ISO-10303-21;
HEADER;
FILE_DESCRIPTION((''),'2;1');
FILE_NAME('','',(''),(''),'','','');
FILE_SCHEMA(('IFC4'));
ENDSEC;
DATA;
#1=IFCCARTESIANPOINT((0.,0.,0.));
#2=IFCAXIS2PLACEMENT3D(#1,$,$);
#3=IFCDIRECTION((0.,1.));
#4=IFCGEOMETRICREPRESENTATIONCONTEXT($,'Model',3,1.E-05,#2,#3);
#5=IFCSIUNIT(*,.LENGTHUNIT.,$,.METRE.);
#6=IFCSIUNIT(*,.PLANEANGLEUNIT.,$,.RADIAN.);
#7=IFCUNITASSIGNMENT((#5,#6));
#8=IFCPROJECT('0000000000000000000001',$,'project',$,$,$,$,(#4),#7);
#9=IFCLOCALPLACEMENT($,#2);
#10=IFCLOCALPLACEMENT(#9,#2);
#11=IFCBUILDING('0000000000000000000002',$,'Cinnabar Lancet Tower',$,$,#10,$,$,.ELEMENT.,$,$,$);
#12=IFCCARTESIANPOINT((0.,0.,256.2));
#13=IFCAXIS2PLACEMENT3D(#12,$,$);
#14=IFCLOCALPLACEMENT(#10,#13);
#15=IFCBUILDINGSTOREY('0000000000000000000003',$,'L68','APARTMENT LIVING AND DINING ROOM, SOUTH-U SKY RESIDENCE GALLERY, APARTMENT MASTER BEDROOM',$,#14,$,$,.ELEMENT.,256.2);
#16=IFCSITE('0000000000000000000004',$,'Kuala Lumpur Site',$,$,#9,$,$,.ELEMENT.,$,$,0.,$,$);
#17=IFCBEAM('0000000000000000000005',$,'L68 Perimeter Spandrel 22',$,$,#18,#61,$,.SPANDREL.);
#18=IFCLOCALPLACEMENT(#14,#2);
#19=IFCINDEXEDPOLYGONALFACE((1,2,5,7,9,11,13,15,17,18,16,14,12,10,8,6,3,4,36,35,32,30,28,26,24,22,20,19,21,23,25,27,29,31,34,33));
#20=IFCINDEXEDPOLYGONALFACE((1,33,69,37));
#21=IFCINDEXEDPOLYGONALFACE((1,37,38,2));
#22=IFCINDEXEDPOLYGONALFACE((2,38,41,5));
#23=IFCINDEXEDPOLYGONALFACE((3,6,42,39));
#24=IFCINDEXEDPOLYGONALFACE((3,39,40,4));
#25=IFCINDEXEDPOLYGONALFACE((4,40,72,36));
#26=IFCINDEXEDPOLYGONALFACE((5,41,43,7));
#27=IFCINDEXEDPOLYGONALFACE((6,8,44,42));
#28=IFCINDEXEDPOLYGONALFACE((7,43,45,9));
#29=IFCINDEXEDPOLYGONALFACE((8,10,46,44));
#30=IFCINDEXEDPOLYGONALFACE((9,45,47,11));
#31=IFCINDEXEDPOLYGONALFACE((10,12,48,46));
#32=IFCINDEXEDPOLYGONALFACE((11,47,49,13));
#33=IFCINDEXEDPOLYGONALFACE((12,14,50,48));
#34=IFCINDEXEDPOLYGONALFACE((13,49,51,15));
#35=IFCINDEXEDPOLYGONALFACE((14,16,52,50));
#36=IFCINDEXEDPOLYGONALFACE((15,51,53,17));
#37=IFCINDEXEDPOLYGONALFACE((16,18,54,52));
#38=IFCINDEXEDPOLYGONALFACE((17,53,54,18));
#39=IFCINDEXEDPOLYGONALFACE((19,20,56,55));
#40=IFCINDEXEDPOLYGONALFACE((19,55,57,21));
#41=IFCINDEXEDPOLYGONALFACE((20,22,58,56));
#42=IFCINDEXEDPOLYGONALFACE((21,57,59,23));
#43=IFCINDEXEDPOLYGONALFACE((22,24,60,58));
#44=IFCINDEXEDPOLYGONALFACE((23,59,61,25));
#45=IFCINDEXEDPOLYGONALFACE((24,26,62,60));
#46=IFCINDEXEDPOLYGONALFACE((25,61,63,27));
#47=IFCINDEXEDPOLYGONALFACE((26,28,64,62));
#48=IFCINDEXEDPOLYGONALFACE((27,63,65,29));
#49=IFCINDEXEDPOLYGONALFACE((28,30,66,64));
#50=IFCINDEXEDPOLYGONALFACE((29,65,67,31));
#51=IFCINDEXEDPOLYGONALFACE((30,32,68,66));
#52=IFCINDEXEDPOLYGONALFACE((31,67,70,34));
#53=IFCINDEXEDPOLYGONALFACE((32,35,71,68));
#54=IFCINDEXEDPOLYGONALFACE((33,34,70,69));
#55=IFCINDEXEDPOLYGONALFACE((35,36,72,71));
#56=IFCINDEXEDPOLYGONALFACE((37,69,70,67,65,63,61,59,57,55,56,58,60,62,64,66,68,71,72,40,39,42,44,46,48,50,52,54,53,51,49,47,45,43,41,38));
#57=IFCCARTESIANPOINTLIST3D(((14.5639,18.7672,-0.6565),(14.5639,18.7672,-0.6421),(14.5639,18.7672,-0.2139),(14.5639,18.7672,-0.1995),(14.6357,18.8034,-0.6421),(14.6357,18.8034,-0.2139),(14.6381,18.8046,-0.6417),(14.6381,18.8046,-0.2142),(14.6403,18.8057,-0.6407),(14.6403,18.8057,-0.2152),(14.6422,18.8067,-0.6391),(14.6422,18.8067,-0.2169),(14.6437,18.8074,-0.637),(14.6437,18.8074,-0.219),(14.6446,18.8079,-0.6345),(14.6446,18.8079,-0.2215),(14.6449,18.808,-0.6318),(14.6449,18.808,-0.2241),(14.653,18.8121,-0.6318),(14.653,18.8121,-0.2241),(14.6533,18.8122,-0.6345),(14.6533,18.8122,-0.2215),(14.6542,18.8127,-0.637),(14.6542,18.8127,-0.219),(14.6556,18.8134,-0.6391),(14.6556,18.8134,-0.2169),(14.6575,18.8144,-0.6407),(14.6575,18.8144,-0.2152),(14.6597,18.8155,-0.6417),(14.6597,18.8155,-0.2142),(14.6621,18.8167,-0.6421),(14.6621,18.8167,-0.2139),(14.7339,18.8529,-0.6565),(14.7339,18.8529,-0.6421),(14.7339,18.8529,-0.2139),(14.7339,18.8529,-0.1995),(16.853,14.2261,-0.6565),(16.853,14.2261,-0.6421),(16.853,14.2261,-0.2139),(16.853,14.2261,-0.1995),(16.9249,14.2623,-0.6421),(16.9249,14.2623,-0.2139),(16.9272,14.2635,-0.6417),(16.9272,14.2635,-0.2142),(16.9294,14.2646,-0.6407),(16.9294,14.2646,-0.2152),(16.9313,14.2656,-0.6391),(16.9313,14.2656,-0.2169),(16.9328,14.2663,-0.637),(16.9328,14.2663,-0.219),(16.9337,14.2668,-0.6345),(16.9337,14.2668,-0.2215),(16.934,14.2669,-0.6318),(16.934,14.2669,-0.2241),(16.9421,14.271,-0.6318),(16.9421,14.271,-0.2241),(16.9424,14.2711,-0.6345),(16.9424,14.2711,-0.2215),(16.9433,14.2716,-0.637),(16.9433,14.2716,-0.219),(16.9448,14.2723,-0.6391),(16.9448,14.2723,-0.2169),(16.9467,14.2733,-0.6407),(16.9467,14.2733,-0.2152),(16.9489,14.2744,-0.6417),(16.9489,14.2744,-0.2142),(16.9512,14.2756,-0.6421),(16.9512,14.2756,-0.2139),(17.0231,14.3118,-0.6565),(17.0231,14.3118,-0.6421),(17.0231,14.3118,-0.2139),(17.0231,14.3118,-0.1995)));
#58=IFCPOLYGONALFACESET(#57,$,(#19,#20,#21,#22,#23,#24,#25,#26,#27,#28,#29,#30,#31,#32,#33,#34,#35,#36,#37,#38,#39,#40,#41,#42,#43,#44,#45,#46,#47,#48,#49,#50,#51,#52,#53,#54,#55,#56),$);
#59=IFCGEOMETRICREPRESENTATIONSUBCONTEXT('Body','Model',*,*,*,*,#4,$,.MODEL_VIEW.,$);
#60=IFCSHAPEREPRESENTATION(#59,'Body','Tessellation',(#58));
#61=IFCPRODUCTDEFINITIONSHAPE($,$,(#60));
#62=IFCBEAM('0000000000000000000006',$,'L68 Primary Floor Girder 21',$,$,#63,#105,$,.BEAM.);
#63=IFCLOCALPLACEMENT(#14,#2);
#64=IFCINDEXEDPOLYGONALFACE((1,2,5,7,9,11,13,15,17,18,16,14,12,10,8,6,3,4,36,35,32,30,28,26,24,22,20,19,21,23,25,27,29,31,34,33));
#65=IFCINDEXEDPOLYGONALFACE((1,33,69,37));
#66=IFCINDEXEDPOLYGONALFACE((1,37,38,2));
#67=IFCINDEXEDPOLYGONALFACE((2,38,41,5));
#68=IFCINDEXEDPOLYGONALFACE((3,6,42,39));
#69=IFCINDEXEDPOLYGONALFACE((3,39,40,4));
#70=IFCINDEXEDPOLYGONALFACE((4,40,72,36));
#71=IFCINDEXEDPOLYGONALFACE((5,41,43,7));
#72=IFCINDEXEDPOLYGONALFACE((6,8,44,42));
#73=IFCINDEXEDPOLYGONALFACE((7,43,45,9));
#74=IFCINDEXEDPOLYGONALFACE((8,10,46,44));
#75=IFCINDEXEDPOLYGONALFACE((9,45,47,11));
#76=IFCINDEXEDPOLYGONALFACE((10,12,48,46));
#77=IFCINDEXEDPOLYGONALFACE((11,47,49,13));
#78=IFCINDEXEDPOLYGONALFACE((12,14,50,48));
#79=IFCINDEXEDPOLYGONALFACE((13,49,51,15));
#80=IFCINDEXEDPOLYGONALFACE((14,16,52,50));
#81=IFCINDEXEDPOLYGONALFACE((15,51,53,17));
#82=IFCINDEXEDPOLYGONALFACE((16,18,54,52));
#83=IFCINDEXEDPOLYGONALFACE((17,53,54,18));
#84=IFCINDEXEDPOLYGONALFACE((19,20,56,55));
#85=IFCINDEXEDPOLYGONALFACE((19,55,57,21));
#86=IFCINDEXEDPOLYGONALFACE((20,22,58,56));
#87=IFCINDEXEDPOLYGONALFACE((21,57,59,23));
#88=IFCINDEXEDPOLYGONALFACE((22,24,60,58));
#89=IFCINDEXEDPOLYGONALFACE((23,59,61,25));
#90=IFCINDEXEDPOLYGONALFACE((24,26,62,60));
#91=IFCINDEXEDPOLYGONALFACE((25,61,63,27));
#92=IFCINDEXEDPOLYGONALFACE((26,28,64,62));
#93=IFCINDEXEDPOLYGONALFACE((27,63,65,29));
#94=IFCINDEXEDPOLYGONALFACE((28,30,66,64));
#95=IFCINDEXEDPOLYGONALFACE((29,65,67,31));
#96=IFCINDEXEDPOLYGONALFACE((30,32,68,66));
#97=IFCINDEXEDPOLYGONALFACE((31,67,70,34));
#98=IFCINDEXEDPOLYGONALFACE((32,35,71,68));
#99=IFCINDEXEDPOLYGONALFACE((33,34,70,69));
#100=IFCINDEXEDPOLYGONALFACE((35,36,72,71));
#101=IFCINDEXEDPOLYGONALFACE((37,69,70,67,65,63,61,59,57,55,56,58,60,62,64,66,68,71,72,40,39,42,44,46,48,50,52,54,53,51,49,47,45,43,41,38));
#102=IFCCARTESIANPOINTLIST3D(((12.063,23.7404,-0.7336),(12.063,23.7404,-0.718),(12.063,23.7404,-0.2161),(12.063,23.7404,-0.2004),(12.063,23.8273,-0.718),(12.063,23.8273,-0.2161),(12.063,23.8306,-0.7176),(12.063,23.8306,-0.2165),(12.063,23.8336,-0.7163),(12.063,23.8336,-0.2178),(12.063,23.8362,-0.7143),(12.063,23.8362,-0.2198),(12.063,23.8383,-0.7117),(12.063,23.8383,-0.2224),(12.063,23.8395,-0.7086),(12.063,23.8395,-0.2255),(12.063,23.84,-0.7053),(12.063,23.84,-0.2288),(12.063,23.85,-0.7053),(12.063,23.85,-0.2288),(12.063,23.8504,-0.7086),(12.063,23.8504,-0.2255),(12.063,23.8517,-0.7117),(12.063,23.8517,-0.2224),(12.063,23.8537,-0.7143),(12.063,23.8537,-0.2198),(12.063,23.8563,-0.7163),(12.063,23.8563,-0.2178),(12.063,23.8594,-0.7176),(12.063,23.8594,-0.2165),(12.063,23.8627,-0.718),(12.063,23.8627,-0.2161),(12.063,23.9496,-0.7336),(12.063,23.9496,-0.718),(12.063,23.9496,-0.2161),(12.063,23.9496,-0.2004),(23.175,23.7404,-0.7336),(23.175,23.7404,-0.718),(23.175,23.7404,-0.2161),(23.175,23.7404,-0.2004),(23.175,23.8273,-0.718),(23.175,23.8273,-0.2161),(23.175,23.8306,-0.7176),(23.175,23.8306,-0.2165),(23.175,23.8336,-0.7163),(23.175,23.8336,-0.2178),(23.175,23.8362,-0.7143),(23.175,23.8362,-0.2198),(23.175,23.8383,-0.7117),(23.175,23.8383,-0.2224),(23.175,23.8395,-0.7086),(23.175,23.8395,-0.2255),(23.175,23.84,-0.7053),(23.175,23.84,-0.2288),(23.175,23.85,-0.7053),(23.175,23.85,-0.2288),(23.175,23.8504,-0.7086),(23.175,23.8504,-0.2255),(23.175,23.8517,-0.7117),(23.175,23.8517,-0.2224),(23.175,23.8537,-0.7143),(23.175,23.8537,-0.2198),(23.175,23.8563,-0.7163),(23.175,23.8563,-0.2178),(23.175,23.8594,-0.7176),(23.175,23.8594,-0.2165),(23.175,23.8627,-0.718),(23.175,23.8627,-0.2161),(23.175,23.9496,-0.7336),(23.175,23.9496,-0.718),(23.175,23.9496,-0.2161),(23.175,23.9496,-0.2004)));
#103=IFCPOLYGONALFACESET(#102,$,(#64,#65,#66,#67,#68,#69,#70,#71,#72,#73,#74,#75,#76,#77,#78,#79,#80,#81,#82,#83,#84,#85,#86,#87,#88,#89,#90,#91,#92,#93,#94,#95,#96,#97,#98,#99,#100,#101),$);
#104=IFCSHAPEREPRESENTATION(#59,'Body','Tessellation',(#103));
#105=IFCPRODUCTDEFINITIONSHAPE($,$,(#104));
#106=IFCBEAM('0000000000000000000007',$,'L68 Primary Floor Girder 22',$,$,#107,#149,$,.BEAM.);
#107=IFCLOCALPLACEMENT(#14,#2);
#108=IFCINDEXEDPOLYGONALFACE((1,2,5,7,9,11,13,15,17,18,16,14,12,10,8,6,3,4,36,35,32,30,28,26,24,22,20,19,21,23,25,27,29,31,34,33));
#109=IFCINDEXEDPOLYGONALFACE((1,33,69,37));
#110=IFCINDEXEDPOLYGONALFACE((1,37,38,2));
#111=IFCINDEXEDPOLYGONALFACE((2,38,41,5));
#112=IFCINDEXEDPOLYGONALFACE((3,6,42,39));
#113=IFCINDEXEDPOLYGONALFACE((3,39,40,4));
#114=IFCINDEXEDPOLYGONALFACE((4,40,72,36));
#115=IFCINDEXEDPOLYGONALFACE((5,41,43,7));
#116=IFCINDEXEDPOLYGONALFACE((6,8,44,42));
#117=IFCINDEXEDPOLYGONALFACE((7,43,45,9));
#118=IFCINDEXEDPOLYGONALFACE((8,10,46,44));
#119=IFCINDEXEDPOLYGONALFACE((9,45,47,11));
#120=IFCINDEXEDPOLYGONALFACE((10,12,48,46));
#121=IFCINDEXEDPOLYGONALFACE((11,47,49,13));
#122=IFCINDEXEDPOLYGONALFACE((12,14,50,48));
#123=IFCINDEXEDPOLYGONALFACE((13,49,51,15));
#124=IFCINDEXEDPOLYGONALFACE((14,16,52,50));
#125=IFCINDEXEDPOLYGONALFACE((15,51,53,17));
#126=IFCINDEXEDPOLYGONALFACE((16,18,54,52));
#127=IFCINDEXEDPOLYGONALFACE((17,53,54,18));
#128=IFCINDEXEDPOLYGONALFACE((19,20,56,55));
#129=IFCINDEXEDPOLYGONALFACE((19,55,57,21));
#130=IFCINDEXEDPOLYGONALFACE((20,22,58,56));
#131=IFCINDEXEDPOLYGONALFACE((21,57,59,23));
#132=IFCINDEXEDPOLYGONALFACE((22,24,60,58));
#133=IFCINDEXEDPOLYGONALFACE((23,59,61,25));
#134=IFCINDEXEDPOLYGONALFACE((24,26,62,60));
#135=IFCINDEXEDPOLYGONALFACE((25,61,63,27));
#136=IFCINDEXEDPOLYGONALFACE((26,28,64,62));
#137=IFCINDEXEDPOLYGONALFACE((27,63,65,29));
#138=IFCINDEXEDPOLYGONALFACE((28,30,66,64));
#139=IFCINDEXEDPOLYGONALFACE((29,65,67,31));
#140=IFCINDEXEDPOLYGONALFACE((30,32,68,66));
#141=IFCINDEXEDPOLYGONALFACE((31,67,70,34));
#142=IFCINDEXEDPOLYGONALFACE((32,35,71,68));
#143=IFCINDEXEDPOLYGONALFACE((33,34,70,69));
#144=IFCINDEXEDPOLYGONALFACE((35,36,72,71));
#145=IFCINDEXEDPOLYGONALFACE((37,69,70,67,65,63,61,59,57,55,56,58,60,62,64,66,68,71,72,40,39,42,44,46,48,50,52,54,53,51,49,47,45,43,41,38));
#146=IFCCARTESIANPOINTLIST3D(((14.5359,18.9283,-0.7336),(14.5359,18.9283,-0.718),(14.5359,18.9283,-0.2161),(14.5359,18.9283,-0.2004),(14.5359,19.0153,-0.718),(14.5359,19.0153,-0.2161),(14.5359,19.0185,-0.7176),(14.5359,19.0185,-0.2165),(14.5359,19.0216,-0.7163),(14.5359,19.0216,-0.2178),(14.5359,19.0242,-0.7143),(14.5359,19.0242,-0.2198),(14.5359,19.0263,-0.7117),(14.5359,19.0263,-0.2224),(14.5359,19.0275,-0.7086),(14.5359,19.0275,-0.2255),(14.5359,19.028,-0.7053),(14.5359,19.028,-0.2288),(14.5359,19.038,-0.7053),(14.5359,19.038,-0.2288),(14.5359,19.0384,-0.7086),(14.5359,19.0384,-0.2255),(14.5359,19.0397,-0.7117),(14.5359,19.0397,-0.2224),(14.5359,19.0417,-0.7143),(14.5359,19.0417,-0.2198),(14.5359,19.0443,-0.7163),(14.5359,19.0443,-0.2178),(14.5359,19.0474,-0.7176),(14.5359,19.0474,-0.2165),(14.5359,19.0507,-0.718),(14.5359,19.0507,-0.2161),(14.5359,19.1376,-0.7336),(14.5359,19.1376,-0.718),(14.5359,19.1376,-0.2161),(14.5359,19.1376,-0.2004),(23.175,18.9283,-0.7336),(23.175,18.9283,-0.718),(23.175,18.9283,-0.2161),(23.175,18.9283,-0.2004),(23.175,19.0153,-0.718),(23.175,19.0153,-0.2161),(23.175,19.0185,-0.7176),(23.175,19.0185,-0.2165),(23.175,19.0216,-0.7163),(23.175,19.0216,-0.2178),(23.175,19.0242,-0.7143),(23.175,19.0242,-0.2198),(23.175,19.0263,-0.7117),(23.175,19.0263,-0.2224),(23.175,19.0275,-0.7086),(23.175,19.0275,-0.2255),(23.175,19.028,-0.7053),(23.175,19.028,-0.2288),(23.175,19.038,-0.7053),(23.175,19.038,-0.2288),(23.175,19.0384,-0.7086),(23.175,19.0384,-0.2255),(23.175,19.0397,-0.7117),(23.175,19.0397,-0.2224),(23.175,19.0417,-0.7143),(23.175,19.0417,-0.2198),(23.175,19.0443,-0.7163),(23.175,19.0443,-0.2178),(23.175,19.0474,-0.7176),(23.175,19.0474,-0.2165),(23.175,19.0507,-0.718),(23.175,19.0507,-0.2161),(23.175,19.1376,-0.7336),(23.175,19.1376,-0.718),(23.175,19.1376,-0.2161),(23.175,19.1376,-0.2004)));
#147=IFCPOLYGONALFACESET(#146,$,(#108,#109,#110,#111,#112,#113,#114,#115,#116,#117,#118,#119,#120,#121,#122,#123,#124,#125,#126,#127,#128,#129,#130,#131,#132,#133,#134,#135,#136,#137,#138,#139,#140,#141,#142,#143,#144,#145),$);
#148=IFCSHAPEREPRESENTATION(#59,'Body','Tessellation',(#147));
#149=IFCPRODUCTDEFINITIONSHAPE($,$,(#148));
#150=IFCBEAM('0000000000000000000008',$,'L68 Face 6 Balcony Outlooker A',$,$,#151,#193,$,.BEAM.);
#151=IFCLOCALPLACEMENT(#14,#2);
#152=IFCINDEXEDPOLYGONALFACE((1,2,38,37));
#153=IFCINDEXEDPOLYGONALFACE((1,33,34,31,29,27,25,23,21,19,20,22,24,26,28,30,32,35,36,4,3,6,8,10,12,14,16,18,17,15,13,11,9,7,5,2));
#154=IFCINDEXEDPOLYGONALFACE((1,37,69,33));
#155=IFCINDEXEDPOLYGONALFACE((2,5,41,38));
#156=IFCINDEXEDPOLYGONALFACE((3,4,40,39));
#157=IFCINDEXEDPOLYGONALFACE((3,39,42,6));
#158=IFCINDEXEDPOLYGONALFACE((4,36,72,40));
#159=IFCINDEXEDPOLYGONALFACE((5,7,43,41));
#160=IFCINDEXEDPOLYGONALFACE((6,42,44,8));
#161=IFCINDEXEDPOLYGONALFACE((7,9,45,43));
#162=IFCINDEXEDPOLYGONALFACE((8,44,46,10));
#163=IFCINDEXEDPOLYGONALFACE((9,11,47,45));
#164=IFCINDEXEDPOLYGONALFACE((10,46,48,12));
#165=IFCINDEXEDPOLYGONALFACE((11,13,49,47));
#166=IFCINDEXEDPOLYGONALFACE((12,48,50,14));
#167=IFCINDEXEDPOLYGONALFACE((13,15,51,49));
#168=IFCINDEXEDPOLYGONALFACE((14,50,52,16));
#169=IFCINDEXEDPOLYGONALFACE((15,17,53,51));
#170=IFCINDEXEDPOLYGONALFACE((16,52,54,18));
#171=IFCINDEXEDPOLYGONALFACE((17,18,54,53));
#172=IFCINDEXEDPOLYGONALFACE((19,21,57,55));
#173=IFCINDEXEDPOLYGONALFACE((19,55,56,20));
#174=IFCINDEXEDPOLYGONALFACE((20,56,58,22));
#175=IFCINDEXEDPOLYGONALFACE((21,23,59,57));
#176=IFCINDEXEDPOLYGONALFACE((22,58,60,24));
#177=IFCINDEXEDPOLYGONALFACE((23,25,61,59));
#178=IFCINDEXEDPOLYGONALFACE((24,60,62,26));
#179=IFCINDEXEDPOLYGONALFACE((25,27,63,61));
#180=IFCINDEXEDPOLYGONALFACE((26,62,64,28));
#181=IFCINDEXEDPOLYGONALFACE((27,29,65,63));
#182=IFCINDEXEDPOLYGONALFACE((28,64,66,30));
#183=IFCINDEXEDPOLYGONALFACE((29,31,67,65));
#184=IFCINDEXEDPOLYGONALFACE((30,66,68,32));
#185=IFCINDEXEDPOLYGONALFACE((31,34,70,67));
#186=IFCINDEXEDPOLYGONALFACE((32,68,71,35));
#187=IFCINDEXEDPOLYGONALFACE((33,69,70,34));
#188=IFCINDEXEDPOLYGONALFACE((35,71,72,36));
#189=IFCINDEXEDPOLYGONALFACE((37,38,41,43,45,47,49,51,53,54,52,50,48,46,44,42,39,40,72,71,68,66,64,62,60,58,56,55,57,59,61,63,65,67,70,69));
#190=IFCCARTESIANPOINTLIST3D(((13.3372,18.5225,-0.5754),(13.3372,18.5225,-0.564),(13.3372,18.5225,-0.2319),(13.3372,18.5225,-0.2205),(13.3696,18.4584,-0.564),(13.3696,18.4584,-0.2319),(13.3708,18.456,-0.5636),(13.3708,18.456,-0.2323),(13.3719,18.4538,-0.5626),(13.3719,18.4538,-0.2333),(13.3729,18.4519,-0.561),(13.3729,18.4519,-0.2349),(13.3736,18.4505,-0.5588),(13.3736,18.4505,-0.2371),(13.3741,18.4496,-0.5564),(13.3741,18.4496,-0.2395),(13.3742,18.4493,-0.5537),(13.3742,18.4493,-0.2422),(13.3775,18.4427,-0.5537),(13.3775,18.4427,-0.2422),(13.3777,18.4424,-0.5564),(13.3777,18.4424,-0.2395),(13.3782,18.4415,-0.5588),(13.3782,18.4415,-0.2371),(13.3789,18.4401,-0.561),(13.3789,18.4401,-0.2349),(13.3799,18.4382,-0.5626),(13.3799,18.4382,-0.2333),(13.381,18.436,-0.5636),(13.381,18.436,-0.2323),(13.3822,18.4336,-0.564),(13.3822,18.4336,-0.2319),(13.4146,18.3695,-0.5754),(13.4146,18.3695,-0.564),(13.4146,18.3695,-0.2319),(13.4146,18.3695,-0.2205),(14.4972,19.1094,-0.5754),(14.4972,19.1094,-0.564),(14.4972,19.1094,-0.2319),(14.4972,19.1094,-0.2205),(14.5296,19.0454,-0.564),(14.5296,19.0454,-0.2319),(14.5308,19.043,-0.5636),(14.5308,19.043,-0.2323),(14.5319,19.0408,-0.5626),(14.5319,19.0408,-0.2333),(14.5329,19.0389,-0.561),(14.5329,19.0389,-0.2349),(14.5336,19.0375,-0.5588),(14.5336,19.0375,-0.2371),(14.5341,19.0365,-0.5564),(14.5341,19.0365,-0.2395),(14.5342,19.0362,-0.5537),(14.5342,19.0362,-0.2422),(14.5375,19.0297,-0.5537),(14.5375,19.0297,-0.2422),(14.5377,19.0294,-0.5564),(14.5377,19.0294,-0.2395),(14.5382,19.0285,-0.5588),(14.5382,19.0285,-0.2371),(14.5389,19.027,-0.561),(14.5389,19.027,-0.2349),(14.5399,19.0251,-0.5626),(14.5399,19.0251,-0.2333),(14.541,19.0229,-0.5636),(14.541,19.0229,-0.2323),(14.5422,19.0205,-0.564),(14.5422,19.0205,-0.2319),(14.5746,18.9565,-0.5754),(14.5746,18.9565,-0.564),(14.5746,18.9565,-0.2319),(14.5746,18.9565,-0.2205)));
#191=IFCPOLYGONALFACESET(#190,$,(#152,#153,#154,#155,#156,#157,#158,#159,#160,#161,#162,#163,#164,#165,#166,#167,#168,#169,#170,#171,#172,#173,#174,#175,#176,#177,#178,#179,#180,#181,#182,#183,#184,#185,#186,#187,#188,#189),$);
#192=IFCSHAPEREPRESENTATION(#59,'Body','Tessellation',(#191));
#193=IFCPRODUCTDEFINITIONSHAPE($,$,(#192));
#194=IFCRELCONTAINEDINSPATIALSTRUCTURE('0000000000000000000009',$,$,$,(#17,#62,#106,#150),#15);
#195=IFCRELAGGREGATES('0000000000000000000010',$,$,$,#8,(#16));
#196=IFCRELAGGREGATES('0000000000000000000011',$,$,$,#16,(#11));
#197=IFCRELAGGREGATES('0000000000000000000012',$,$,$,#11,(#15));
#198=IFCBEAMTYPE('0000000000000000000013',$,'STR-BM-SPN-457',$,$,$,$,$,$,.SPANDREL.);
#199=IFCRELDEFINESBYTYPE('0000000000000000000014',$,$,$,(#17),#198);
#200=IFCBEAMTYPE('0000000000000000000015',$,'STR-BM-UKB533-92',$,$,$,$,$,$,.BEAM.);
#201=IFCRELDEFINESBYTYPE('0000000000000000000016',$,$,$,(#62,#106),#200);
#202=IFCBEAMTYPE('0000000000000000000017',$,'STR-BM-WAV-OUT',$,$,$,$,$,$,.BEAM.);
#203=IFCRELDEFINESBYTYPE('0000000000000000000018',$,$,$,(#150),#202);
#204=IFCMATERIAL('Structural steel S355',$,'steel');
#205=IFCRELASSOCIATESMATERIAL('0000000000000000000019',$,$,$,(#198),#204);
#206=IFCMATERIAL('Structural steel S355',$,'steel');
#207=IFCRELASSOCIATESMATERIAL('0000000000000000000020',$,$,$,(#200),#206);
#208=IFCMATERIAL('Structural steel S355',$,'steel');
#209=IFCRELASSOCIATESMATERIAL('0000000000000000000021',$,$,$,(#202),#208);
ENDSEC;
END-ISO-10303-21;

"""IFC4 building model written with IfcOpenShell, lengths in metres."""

from ifc_helpers import new_model, si_unit, direction, frame, origin, origin_2d, place, context, subcontext, project, spatial, i_section, extrude, material, material_profile, profile_set, type_object, element, save


model = new_model("IFC4")

# Units and contexts
model_context = context("Model", 3, precision=1e-05, world=origin(), true_north=direction((0.0, 1.0)))
body_context = subcontext(model_context, "Body", "Model", "MODEL_VIEW")
ifc_project = project(units=[si_unit("LENGTHUNIT", "METRE"), si_unit("PLANEANGLEUNIT", "RADIAN")], contexts=[model_context])

# Site, building, storey
site_placement = place(None, origin())
site = spatial("IfcSite", under=ifc_project, at=site_placement, Name="Kuala Lumpur Site", CompositionType="ELEMENT", RefElevation=0.0)
building_placement = place(site_placement, origin())
building = spatial("IfcBuilding", under=site, at=building_placement, Name="Cinnabar Lancet Tower", CompositionType="ELEMENT")
storey_placement = place(building_placement, frame((0.0, 0.0, 256.2)))
storey = spatial("IfcBuildingStorey", under=building, at=storey_placement, Name="L68", Description="APARTMENT LIVING AND DINING ROOM, SOUTH-U SKY RESIDENCE GALLERY, APARTMENT MASTER BEDROOM", CompositionType="ELEMENT", Elevation=256.2)

# Beams
ifc_material_1 = material(Name="Structural steel S355", Category="steel")
ifc_material_profile_1 = material_profile(ifc_material_1, i_section(OverallWidth=0.1904, OverallDepth=0.457, WebThickness=0.009, FlangeThickness=0.0144, FilletRadius=0.0103, at=origin_2d()), Name="UKB 457x191x74")
ifc_profile_set_1 = profile_set([ifc_material_profile_1], Name="Structural steel S355")
beam_type_1 = type_object("IfcBeamType", Name="STR-BM-SPN-457", PredefinedType="SPANDREL", material=ifc_profile_set_1)
beam_1_placement = place(storey_placement, frame((14.6489, 18.8101, -0.428), z_axis=(0.45013, -0.892963, 0.0), x_axis=(0.892963, 0.45013, 0.0)))
element("IfcBeam", 1, at=beam_1_placement, inside=storey, type_object=beam_type_1, Name="L68 Perimeter Spandrel 22", PredefinedType="SPANDREL", context=body_context, shape_type="SweptSolid", body=[
    extrude(i_section(OverallWidth=0.1904, OverallDepth=0.457, WebThickness=0.009, FlangeThickness=0.0144, FilletRadius=0.0103, at=origin_2d()), origin(), (0.0, 0.0, 1.0), 5.0854),
])
ifc_material_2 = material(Name="Structural steel S355", Category="steel")
ifc_material_profile_2 = material_profile(ifc_material_2, i_section(OverallWidth=0.2092, OverallDepth=0.5332, WebThickness=0.01, FlangeThickness=0.0156, FilletRadius=0.0127, at=origin_2d()), Name="UKB 533x210x92")
ifc_profile_set_2 = profile_set([ifc_material_profile_2], Name="Structural steel S355")
beam_type_2 = type_object("IfcBeamType", Name="STR-BM-UKB533-92", PredefinedType="BEAM", material=ifc_profile_set_2)
beam_2_placement = place(storey_placement, frame((12.063, 23.845, -0.467), z_axis=(1.0, 0.0, 0.0), x_axis=(0.0, 1.0, 0.0)))
element("IfcBeam", 2, at=beam_2_placement, inside=storey, type_object=beam_type_2, Name="L68 Primary Floor Girder 21", PredefinedType="BEAM", context=body_context, shape_type="SweptSolid", body=[
    extrude(i_section(OverallWidth=0.2092, OverallDepth=0.5332, WebThickness=0.01, FlangeThickness=0.0156, FilletRadius=0.0127, at=origin_2d()), origin(), (0.0, 0.0, 1.0), 11.1121),
])
beam_3_placement = place(storey_placement, frame((14.5359, 19.033, -0.467), z_axis=(1.0, 0.0, 0.0), x_axis=(0.0, 1.0, 0.0)))
element("IfcBeam", 3, at=beam_3_placement, inside=storey, type_object=beam_type_2, Name="L68 Primary Floor Girder 22", PredefinedType="BEAM", context=body_context, shape_type="SweptSolid", body=[
    extrude(i_section(OverallWidth=0.2092, OverallDepth=0.5332, WebThickness=0.01, FlangeThickness=0.0156, FilletRadius=0.0127, at=origin_2d()), origin(), (0.0, 0.0, 1.0), 8.6392),
])
ifc_material_3 = material(Name="Structural steel S355", Category="steel")
ifc_material_profile_3 = material_profile(ifc_material_3, i_section(OverallWidth=0.1714, OverallDepth=0.355, WebThickness=0.0073, FlangeThickness=0.0115, FilletRadius=0.0103, at=origin_2d()), Name="UKB 356x171x51")
ifc_profile_set_3 = profile_set([ifc_material_profile_3], Name="Structural steel S355")
beam_type_3 = type_object("IfcBeamType", Name="STR-BM-WAV-OUT", PredefinedType="BEAM", material=ifc_profile_set_3)
beam_4_placement = place(storey_placement, frame((14.5359, 19.033, -0.3979), z_axis=(-0.892276, -0.45149, 0.0), x_axis=(0.45149, -0.892276, 0.0)))
element("IfcBeam", 4, at=beam_4_placement, inside=storey, type_object=beam_type_3, Name="L68 Face 6 Balcony Outlooker A", PredefinedType="BEAM", context=body_context, shape_type="SweptSolid", body=[
    extrude(i_section(OverallWidth=0.1714, OverallDepth=0.355, WebThickness=0.0073, FlangeThickness=0.0115, FilletRadius=0.0103, at=origin_2d()), origin(), (0.0, 0.0, 1.0), 1.3),
])

save(model, "model.ifc")
